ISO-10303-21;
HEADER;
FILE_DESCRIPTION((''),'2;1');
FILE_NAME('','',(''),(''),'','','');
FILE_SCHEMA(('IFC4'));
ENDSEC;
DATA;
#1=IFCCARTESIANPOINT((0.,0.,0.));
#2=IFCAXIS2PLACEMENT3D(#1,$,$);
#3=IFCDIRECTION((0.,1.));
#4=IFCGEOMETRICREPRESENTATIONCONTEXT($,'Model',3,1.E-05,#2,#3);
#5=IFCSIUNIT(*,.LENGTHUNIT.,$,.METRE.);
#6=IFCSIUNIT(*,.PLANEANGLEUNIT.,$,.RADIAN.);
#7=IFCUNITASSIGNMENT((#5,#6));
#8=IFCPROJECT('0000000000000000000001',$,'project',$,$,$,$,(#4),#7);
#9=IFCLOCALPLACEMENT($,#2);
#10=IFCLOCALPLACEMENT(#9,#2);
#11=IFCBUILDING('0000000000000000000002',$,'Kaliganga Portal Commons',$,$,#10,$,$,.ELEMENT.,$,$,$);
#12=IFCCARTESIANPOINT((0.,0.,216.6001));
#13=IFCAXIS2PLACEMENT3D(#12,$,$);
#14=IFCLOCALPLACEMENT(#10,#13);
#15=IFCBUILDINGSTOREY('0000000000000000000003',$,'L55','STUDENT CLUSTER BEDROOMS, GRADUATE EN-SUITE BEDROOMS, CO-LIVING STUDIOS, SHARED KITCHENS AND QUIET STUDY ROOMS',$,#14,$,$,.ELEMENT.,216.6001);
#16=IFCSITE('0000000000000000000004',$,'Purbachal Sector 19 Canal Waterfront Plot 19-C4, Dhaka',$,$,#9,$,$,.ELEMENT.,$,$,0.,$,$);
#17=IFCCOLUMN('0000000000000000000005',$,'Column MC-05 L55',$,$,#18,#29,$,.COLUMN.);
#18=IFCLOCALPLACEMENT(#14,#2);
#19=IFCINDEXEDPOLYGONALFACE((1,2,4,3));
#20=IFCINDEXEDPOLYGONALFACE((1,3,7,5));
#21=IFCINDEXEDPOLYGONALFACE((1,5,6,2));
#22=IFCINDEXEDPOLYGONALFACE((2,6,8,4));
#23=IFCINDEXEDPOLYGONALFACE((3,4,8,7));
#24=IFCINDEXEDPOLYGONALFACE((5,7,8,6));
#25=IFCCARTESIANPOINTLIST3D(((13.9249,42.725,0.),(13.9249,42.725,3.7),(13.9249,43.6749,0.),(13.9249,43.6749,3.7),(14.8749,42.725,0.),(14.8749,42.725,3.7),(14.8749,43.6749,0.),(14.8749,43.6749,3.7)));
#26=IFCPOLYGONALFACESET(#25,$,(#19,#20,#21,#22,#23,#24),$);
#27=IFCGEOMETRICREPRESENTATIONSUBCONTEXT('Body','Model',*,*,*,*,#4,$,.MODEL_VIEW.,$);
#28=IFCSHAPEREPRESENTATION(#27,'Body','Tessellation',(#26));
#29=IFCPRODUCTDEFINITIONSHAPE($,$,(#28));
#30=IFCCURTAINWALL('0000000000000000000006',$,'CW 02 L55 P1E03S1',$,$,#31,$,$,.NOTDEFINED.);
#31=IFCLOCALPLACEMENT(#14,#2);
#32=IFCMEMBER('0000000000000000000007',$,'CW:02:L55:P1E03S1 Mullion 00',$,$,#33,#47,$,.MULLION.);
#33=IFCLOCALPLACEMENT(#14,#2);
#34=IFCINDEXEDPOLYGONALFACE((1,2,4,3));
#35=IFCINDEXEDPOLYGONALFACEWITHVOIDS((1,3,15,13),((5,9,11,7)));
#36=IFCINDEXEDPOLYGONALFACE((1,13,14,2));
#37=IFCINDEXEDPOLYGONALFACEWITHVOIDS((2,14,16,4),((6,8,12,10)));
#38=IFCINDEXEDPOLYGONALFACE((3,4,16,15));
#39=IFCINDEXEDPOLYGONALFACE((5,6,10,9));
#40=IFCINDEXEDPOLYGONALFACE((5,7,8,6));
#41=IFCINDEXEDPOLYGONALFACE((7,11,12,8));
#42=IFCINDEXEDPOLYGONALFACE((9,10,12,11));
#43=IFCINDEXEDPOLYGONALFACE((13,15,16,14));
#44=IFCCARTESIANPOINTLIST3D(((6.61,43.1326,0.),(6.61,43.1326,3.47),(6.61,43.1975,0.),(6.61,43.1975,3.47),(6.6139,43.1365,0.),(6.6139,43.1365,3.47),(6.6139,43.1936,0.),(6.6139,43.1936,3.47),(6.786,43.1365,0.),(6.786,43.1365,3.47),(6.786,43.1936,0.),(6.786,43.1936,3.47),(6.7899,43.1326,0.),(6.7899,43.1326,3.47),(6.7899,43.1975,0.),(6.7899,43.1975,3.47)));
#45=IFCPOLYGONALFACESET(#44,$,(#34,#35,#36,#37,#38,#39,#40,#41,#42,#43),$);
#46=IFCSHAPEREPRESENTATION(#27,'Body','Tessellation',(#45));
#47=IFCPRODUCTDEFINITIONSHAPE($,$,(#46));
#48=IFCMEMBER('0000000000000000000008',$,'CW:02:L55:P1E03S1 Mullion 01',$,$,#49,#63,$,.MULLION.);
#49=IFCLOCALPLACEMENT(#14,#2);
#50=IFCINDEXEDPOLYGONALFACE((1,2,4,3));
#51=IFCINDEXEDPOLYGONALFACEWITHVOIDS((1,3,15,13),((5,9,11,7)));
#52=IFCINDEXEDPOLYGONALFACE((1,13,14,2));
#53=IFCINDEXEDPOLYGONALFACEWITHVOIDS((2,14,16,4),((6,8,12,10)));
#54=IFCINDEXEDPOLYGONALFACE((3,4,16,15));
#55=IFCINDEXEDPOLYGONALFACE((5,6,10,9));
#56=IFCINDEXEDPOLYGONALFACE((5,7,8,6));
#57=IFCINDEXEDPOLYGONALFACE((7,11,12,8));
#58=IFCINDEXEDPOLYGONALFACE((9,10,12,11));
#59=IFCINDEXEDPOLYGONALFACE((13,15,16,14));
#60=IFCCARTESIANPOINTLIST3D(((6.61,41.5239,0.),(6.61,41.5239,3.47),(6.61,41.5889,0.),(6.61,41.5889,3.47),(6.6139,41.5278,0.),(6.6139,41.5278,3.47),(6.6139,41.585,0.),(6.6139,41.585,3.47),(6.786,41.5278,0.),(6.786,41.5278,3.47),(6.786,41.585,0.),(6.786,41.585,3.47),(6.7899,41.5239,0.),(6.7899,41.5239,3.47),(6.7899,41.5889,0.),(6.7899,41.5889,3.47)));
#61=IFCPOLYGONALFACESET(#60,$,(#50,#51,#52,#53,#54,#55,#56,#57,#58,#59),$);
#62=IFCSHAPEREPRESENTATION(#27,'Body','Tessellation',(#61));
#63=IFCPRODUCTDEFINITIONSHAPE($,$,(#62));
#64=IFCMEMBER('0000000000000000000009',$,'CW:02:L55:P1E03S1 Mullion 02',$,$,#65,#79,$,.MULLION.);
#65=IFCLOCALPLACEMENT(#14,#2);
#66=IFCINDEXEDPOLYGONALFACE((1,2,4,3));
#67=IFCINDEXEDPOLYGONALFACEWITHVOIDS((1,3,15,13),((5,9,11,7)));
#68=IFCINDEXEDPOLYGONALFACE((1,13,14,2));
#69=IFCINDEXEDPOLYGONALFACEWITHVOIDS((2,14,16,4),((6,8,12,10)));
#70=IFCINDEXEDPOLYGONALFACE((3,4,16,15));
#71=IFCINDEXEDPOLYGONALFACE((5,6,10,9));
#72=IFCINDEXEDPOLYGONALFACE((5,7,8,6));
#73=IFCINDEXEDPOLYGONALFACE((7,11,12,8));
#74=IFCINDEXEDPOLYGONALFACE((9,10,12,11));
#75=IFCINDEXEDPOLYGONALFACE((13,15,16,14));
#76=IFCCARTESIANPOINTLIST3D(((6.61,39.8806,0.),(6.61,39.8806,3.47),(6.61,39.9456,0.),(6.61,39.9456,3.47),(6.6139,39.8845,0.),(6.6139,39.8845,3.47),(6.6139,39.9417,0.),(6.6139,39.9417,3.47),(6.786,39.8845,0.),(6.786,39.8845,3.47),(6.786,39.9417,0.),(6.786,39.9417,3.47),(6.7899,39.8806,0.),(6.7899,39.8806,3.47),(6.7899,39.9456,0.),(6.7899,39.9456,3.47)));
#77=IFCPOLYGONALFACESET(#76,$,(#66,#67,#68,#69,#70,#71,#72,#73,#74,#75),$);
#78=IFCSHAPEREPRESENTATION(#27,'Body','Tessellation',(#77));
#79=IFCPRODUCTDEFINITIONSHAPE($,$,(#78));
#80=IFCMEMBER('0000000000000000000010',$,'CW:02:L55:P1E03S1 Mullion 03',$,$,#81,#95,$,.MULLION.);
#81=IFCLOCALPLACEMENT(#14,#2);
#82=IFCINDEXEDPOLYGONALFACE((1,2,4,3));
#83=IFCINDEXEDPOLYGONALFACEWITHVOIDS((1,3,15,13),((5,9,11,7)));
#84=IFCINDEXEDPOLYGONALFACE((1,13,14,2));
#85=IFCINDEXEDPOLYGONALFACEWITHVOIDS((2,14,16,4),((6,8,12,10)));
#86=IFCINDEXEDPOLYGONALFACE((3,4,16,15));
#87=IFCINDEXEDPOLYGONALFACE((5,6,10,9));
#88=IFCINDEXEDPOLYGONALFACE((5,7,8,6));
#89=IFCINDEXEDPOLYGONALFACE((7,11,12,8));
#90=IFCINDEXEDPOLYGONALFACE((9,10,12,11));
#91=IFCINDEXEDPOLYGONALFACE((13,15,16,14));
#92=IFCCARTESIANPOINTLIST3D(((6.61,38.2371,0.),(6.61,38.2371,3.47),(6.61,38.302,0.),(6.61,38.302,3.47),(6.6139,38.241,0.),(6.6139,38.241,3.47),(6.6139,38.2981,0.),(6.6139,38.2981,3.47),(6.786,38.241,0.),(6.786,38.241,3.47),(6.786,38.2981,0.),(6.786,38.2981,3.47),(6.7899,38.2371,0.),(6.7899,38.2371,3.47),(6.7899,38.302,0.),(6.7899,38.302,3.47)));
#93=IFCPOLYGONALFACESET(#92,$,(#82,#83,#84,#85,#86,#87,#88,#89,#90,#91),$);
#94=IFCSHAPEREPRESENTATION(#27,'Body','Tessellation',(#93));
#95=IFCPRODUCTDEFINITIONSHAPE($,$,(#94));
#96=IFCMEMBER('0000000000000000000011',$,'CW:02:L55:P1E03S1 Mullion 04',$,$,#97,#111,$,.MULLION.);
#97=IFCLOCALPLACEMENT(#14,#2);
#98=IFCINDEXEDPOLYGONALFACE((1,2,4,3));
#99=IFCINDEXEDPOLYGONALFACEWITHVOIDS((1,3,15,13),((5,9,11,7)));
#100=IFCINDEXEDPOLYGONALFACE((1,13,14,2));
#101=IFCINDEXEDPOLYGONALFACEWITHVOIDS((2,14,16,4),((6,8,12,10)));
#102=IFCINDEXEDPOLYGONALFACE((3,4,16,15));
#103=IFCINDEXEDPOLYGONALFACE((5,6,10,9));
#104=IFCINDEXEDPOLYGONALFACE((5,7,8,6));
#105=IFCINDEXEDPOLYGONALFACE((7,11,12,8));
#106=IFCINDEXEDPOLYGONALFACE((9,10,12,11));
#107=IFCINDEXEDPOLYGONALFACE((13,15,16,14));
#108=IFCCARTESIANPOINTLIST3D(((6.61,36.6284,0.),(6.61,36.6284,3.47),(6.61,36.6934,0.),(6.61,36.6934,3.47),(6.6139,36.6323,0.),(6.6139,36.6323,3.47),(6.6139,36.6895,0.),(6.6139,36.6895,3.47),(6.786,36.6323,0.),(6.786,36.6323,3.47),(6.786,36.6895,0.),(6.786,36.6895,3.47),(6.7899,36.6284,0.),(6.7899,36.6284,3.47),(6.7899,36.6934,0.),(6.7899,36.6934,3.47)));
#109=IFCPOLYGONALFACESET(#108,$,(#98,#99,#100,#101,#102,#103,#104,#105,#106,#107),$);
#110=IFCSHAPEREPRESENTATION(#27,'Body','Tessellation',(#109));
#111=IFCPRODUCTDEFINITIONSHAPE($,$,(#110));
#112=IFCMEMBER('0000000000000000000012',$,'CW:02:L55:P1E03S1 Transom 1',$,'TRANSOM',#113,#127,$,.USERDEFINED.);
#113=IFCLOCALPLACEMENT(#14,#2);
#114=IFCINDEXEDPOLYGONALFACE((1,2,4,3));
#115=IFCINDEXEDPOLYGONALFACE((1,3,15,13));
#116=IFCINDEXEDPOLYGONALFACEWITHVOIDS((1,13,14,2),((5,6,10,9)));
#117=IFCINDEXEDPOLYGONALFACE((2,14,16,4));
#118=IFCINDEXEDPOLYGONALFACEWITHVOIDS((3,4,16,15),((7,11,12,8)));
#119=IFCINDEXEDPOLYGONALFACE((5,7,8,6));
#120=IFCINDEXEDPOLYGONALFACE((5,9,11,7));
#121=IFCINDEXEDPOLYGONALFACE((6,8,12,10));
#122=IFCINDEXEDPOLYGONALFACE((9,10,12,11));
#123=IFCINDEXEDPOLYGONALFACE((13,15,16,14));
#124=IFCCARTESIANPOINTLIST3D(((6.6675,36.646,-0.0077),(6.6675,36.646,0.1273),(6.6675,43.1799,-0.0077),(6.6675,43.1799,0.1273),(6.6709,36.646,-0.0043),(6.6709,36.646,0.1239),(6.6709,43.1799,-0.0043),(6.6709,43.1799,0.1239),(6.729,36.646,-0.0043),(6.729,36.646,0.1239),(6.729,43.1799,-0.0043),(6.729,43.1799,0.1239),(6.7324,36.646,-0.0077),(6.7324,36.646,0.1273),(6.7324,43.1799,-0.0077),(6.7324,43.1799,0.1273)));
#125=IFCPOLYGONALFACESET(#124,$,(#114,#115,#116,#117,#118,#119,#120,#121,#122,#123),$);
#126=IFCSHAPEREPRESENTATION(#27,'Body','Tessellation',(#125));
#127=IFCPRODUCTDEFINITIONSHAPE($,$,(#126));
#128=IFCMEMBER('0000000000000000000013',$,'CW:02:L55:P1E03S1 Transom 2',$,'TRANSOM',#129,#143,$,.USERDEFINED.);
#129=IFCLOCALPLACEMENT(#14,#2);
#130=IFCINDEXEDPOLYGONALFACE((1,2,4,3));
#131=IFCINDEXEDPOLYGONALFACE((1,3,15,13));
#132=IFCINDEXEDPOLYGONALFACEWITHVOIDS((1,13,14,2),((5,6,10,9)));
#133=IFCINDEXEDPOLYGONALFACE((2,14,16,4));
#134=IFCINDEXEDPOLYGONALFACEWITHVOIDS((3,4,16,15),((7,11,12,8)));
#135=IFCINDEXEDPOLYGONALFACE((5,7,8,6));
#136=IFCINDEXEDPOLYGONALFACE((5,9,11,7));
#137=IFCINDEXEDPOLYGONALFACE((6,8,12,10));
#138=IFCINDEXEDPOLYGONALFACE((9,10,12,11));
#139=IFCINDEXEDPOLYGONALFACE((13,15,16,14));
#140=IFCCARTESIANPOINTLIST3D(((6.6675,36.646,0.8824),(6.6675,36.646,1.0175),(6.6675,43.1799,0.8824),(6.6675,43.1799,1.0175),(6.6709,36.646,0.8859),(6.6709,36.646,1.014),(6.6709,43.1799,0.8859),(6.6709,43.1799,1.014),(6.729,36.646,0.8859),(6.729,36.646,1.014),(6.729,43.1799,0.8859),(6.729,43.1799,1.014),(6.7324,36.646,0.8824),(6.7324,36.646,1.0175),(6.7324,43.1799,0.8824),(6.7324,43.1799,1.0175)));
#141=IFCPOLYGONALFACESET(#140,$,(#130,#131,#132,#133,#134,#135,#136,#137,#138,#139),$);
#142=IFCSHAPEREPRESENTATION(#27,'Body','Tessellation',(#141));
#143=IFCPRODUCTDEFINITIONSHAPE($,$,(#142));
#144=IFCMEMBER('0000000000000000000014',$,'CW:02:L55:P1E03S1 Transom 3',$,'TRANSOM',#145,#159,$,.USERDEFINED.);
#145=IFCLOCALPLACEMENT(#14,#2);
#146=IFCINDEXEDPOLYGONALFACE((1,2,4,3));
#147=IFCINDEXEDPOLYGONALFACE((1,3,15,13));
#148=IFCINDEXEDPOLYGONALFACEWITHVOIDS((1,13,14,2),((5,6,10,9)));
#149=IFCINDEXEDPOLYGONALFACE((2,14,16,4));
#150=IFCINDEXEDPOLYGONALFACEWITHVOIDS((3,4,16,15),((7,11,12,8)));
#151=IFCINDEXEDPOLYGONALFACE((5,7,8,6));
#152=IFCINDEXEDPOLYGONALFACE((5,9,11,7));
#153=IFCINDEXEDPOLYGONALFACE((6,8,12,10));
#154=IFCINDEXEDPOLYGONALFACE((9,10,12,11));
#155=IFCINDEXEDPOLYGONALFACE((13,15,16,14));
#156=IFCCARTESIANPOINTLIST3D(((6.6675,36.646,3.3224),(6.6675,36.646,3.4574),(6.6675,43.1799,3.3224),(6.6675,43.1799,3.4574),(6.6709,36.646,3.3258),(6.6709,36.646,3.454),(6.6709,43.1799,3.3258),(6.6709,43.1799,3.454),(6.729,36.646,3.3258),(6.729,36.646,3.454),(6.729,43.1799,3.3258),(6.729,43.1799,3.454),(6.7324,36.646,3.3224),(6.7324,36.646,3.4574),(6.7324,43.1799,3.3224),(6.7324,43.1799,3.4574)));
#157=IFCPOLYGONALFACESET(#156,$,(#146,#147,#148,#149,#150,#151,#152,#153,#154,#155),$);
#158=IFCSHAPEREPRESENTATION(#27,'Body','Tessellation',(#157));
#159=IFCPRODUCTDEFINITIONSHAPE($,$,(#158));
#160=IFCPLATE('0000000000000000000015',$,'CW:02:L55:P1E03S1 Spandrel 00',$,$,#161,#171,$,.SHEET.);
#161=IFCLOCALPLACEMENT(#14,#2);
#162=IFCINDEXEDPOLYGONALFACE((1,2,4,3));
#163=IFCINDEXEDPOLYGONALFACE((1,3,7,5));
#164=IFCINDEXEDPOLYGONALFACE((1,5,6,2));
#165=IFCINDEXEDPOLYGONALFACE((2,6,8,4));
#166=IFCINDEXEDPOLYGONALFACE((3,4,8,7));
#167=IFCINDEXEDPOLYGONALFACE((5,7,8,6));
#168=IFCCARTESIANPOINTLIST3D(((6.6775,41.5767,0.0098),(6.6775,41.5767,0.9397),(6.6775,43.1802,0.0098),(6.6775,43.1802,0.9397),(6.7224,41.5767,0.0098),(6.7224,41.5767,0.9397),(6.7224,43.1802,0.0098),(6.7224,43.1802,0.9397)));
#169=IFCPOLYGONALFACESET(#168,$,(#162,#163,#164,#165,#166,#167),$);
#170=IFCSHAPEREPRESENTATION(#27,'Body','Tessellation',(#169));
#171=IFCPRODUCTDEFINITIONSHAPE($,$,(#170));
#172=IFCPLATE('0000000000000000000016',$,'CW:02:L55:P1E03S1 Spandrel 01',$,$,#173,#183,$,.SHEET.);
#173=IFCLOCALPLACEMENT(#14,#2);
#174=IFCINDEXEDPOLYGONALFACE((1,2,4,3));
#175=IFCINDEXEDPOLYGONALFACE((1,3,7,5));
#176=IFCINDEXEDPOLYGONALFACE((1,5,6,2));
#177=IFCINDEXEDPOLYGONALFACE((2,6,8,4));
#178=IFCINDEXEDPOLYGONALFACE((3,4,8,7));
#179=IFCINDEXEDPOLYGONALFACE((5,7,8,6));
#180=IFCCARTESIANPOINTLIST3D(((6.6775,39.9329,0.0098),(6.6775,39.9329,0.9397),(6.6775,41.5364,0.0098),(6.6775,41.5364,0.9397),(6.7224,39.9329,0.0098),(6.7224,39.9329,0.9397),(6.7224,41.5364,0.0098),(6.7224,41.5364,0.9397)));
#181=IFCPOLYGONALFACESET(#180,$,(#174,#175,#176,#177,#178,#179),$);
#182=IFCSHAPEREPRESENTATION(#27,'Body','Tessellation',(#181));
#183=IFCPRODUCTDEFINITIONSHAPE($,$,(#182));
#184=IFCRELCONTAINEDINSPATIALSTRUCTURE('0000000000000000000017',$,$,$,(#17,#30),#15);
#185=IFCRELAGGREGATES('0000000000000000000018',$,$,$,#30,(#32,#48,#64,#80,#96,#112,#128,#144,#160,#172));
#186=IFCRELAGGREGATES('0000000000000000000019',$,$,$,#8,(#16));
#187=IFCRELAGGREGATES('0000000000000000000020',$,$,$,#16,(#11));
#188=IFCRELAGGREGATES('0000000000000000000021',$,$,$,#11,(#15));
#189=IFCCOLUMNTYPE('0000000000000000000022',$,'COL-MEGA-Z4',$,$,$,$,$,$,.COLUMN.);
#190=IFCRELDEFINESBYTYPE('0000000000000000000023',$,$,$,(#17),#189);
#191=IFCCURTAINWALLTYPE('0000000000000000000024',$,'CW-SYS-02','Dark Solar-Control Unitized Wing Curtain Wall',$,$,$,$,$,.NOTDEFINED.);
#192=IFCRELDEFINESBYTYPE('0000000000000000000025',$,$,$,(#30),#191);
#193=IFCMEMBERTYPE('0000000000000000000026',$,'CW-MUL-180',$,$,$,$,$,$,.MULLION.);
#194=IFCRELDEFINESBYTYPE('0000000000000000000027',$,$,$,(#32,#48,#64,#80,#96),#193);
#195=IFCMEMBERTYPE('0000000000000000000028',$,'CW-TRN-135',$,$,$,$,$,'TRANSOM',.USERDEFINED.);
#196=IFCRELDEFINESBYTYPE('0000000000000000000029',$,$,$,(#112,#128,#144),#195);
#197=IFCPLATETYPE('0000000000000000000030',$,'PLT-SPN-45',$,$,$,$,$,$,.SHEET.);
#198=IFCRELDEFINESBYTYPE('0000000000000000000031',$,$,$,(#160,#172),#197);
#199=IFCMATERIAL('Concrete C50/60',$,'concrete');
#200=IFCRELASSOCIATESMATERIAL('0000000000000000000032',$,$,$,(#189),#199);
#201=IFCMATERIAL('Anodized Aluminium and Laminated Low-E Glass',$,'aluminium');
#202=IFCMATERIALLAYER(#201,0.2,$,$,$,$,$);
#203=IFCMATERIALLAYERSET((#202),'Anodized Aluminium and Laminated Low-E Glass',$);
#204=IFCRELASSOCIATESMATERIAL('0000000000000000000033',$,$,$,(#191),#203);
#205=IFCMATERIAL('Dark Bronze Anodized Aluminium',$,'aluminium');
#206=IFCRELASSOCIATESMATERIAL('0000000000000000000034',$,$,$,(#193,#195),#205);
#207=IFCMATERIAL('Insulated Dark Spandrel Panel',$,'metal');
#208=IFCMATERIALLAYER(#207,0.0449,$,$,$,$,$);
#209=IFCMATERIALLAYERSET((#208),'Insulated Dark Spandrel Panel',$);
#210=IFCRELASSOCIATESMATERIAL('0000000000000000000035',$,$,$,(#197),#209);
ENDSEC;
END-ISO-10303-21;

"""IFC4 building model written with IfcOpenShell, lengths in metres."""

from ifc_helpers import new_model, si_unit, direction, frame, origin, origin_2d, place, context, subcontext, project, spatial, rectangle, hollow_rectangle, extrude, source, transform, mapped, material, layer, layer_set, material_profile, profile_set, type_object, element, aggregate, save


model = new_model("IFC4")

# Units and contexts
model_context = context("Model", 3, precision=1e-05, world=origin(), true_north=direction((0.0, 1.0)))
body_context = subcontext(model_context, "Body", "Model", "MODEL_VIEW")
ifc_project = project(units=[si_unit("LENGTHUNIT", "METRE"), si_unit("PLANEANGLEUNIT", "RADIAN")], contexts=[model_context])

# Site, building, storey
site_placement = place(None, origin())
site = spatial("IfcSite", under=ifc_project, at=site_placement, Name="Purbachal Sector 19 Canal Waterfront Plot 19-C4, Dhaka", CompositionType="ELEMENT", RefElevation=0.0)
building_placement = place(site_placement, origin())
building = spatial("IfcBuilding", under=site, at=building_placement, Name="Kaliganga Portal Commons", CompositionType="ELEMENT")
storey_placement = place(building_placement, frame((0.0, 0.0, 216.6001)))
storey = spatial("IfcBuildingStorey", under=building, at=storey_placement, Name="L55", Description="STUDENT CLUSTER BEDROOMS, GRADUATE EN-SUITE BEDROOMS, CO-LIVING STUDIOS, SHARED KITCHENS AND QUIET STUDY ROOMS", CompositionType="ELEMENT", Elevation=216.6001)

# Column
ifc_material_1 = material(Name="Concrete C50/60", Category="concrete")
ifc_material_profile_1 = material_profile(ifc_material_1, rectangle(XDim=0.95, YDim=0.95, at=origin_2d()), Name="RC 950x950")
ifc_profile_set_1 = profile_set([ifc_material_profile_1], Name="Concrete C50/60")
column_type = type_object("IfcColumnType", Name="COL-MEGA-Z4", PredefinedType="COLUMN", material=ifc_profile_set_1)
shared_shape_1 = source(origin(), body_context, "Body", "SweptSolid", [
    extrude(rectangle(XDim=0.95, YDim=0.95, at=origin_2d()), origin(), (0.0, 0.0, 1.0), 3.7),
])
column_placement = place(storey_placement, frame((14.3999, 43.2, 0.0), z_axis=(0.0, 0.0, 1.0), x_axis=(1.0, 0.0, 0.0)))
element("IfcColumn", 1, at=column_placement, inside=storey, type_object=column_type, Name="Column MC-05 L55", PredefinedType="COLUMN", context=body_context, shape_type="MappedRepresentation", body=[
    mapped(shared_shape_1, transform((0.0, 0.0, 0.0), x_axis=(1.0, 0.0, 0.0), y_axis=(0.0, 1.0, 0.0), z_axis=(0.0, 0.0, 1.0), scale=1.0)),
])

# Curtain wall, members, plates
ifc_material_2 = material(Name="Anodized Aluminium and Laminated Low-E Glass", Category="aluminium")
ifc_layer_1 = layer(ifc_material_2, 0.2)
ifc_layer_set_1 = layer_set([ifc_layer_1], Name="Anodized Aluminium and Laminated Low-E Glass")
curtain_wall_type = type_object("IfcCurtainWallType", Name="CW-SYS-02", Description="Dark Solar-Control Unitized Wing Curtain Wall", PredefinedType="NOTDEFINED", material=ifc_layer_set_1)
curtain_wall_placement = place(storey_placement, origin())
curtain_wall = element("IfcCurtainWall", 2, at=curtain_wall_placement, inside=storey, type_object=curtain_wall_type, Name="CW 02 L55 P1E03S1", PredefinedType="NOTDEFINED")
ifc_material_3 = material(Name="Dark Bronze Anodized Aluminium", Category="aluminium")
ifc_material_profile_2 = material_profile(ifc_material_3, hollow_rectangle(XDim=0.0649, YDim=0.1799, WallThickness=0.0039, at=origin_2d()), Name="ALU MULL 65x180x4")
ifc_profile_set_2 = profile_set([ifc_material_profile_2], Name="Dark Bronze Anodized Aluminium")
member_type_1 = type_object("IfcMemberType", Name="CW-MUL-180", PredefinedType="MULLION", material=ifc_profile_set_2)
shared_shape_2 = source(origin(), body_context, "Body", "SweptSolid", [
    extrude(hollow_rectangle(XDim=0.0649, YDim=0.1799, WallThickness=0.0039, at=origin_2d()), origin(), (0.0, 0.0, 1.0), 3.47),
])
member_1_placement = place(storey_placement, frame((6.7, 43.165, 0.0), z_axis=(0.0, 0.0, 1.0), x_axis=(0.0, -1.0, 0.0)))
member_1 = element("IfcMember", 3, at=member_1_placement, type_object=member_type_1, Name="CW:02:L55:P1E03S1 Mullion 00", PredefinedType="MULLION", context=body_context, shape_type="MappedRepresentation", body=[
    mapped(shared_shape_2, transform((0.0, 0.0, 0.0), x_axis=(1.0, 0.0, 0.0), y_axis=(0.0, 1.0, 0.0), z_axis=(0.0, 0.0, 1.0), scale=1.0)),
])
member_2_placement = place(storey_placement, frame((6.7, 41.5564, 0.0), z_axis=(0.0, 0.0, 1.0), x_axis=(0.0, -1.0, 0.0)))
member_2 = element("IfcMember", 4, at=member_2_placement, type_object=member_type_1, Name="CW:02:L55:P1E03S1 Mullion 01", PredefinedType="MULLION", context=body_context, shape_type="MappedRepresentation", body=[
    mapped(shared_shape_2, transform((0.0, 0.0, 0.0), x_axis=(1.0, 0.0, 0.0), y_axis=(0.0, 1.0, 0.0), z_axis=(0.0, 0.0, 1.0), scale=1.0)),
])
member_3_placement = place(storey_placement, frame((6.7, 39.9131, 0.0), z_axis=(0.0, 0.0, 1.0), x_axis=(0.0, -1.0, 0.0)))
member_3 = element("IfcMember", 5, at=member_3_placement, type_object=member_type_1, Name="CW:02:L55:P1E03S1 Mullion 02", PredefinedType="MULLION", context=body_context, shape_type="MappedRepresentation", body=[
    mapped(shared_shape_2, transform((0.0, 0.0, 0.0), x_axis=(1.0, 0.0, 0.0), y_axis=(0.0, 1.0, 0.0), z_axis=(0.0, 0.0, 1.0), scale=1.0)),
])
member_4_placement = place(storey_placement, frame((6.7, 38.2695, 0.0), z_axis=(0.0, 0.0, 1.0), x_axis=(0.0, -1.0, 0.0)))
member_4 = element("IfcMember", 6, at=member_4_placement, type_object=member_type_1, Name="CW:02:L55:P1E03S1 Mullion 03", PredefinedType="MULLION", context=body_context, shape_type="MappedRepresentation", body=[
    mapped(shared_shape_2, transform((0.0, 0.0, 0.0), x_axis=(1.0, 0.0, 0.0), y_axis=(0.0, 1.0, 0.0), z_axis=(0.0, 0.0, 1.0), scale=1.0)),
])
member_5_placement = place(storey_placement, frame((6.7, 36.6609, 0.0), z_axis=(0.0, 0.0, 1.0), x_axis=(0.0, -1.0, 0.0)))
member_5 = element("IfcMember", 7, at=member_5_placement, type_object=member_type_1, Name="CW:02:L55:P1E03S1 Mullion 04", PredefinedType="MULLION", context=body_context, shape_type="MappedRepresentation", body=[
    mapped(shared_shape_2, transform((0.0, 0.0, 0.0), x_axis=(1.0, 0.0, 0.0), y_axis=(0.0, 1.0, 0.0), z_axis=(0.0, 0.0, 1.0), scale=1.0)),
])
ifc_material_profile_3 = material_profile(ifc_material_3, hollow_rectangle(XDim=0.0649, YDim=0.135, WallThickness=0.0034, at=origin_2d()), Name="ALU TRAN 65x135x3.5")
ifc_profile_set_3 = profile_set([ifc_material_profile_3], Name="Dark Bronze Anodized Aluminium")
member_type_2 = type_object("IfcMemberType", Name="CW-TRN-135", ElementType="TRANSOM", PredefinedType="USERDEFINED", material=ifc_profile_set_3)
shared_shape_3 = source(origin(), body_context, "Body", "SweptSolid", [
    extrude(hollow_rectangle(XDim=0.0649, YDim=0.135, WallThickness=0.0034, at=origin_2d()), origin(), (0.0, 0.0, 1.0), 6.5339),
])
member_6_placement = place(storey_placement, frame((6.7, 43.1799, 0.0598), z_axis=(0.0, -1.0, 0.0), x_axis=(1.0, 0.0, 0.0)))
member_6 = element("IfcMember", 8, at=member_6_placement, type_object=member_type_2, Name="CW:02:L55:P1E03S1 Transom 1", ObjectType="TRANSOM", PredefinedType="USERDEFINED", context=body_context, shape_type="MappedRepresentation", body=[
    mapped(shared_shape_3, transform((0.0, 0.0, 0.0), x_axis=(1.0, 0.0, 0.0), y_axis=(0.0, 1.0, 0.0), z_axis=(0.0, 0.0, 1.0), scale=1.0)),
])
member_7_placement = place(storey_placement, frame((6.7, 43.1799, 0.95), z_axis=(0.0, -1.0, 0.0), x_axis=(1.0, 0.0, 0.0)))
member_7 = element("IfcMember", 9, at=member_7_placement, type_object=member_type_2, Name="CW:02:L55:P1E03S1 Transom 2", ObjectType="TRANSOM", PredefinedType="USERDEFINED", context=body_context, shape_type="MappedRepresentation", body=[
    mapped(shared_shape_3, transform((0.0, 0.0, 0.0), x_axis=(1.0, 0.0, 0.0), y_axis=(0.0, 1.0, 0.0), z_axis=(0.0, 0.0, 1.0), scale=1.0)),
])
member_8_placement = place(storey_placement, frame((6.7, 43.1799, 3.3899), z_axis=(0.0, -1.0, 0.0), x_axis=(1.0, 0.0, 0.0)))
member_8 = element("IfcMember", 10, at=member_8_placement, type_object=member_type_2, Name="CW:02:L55:P1E03S1 Transom 3", ObjectType="TRANSOM", PredefinedType="USERDEFINED", context=body_context, shape_type="MappedRepresentation", body=[
    mapped(shared_shape_3, transform((0.0, 0.0, 0.0), x_axis=(1.0, 0.0, 0.0), y_axis=(0.0, 1.0, 0.0), z_axis=(0.0, 0.0, 1.0), scale=1.0)),
])
ifc_material_4 = material(Name="Insulated Dark Spandrel Panel", Category="metal")
ifc_layer_2 = layer(ifc_material_4, 0.0449)
ifc_layer_set_2 = layer_set([ifc_layer_2], Name="Insulated Dark Spandrel Panel")
plate_type_1 = type_object("IfcPlateType", Name="PLT-SPN-45", PredefinedType="SHEET", material=ifc_layer_set_2)
shared_shape_4 = source(origin(), body_context, "Body", "SweptSolid", [
    extrude(rectangle(XDim=1.6035, YDim=0.0449, at=origin_2d()), origin(), (0.0, 0.0, 1.0), 0.9299),
])
plate_1_placement = place(storey_placement, frame((6.7, 42.3784, 0.0098), z_axis=(0.0, 0.0, 1.0), x_axis=(0.0, -1.0, 0.0)))
plate_1 = element("IfcPlate", 11, at=plate_1_placement, type_object=plate_type_1, Name="CW:02:L55:P1E03S1 Spandrel 00", PredefinedType="SHEET", context=body_context, shape_type="MappedRepresentation", body=[
    mapped(shared_shape_4, transform((0.0, 0.0, 0.0), x_axis=(1.0, 0.0, 0.0), y_axis=(0.0, 1.0, 0.0), z_axis=(0.0, 0.0, 1.0), scale=1.0)),
])
plate_2_placement = place(storey_placement, frame((6.7, 40.7346, 0.0098), z_axis=(0.0, 0.0, 1.0), x_axis=(0.0, -1.0, 0.0)))
plate_2 = element("IfcPlate", 12, at=plate_2_placement, type_object=plate_type_1, Name="CW:02:L55:P1E03S1 Spandrel 01", PredefinedType="SHEET", context=body_context, shape_type="MappedRepresentation", body=[
    mapped(shared_shape_4, transform((0.0, 0.0, 0.0), x_axis=(1.0, 0.0, 0.0), y_axis=(0.0, 1.0, 0.0), z_axis=(0.0, 0.0, 1.0), scale=1.0)),
])
aggregate(curtain_wall, [member_1, member_2, member_3, member_4, member_5, member_6, member_7, member_8, plate_1, plate_2])

save(model, "model.ifc")
